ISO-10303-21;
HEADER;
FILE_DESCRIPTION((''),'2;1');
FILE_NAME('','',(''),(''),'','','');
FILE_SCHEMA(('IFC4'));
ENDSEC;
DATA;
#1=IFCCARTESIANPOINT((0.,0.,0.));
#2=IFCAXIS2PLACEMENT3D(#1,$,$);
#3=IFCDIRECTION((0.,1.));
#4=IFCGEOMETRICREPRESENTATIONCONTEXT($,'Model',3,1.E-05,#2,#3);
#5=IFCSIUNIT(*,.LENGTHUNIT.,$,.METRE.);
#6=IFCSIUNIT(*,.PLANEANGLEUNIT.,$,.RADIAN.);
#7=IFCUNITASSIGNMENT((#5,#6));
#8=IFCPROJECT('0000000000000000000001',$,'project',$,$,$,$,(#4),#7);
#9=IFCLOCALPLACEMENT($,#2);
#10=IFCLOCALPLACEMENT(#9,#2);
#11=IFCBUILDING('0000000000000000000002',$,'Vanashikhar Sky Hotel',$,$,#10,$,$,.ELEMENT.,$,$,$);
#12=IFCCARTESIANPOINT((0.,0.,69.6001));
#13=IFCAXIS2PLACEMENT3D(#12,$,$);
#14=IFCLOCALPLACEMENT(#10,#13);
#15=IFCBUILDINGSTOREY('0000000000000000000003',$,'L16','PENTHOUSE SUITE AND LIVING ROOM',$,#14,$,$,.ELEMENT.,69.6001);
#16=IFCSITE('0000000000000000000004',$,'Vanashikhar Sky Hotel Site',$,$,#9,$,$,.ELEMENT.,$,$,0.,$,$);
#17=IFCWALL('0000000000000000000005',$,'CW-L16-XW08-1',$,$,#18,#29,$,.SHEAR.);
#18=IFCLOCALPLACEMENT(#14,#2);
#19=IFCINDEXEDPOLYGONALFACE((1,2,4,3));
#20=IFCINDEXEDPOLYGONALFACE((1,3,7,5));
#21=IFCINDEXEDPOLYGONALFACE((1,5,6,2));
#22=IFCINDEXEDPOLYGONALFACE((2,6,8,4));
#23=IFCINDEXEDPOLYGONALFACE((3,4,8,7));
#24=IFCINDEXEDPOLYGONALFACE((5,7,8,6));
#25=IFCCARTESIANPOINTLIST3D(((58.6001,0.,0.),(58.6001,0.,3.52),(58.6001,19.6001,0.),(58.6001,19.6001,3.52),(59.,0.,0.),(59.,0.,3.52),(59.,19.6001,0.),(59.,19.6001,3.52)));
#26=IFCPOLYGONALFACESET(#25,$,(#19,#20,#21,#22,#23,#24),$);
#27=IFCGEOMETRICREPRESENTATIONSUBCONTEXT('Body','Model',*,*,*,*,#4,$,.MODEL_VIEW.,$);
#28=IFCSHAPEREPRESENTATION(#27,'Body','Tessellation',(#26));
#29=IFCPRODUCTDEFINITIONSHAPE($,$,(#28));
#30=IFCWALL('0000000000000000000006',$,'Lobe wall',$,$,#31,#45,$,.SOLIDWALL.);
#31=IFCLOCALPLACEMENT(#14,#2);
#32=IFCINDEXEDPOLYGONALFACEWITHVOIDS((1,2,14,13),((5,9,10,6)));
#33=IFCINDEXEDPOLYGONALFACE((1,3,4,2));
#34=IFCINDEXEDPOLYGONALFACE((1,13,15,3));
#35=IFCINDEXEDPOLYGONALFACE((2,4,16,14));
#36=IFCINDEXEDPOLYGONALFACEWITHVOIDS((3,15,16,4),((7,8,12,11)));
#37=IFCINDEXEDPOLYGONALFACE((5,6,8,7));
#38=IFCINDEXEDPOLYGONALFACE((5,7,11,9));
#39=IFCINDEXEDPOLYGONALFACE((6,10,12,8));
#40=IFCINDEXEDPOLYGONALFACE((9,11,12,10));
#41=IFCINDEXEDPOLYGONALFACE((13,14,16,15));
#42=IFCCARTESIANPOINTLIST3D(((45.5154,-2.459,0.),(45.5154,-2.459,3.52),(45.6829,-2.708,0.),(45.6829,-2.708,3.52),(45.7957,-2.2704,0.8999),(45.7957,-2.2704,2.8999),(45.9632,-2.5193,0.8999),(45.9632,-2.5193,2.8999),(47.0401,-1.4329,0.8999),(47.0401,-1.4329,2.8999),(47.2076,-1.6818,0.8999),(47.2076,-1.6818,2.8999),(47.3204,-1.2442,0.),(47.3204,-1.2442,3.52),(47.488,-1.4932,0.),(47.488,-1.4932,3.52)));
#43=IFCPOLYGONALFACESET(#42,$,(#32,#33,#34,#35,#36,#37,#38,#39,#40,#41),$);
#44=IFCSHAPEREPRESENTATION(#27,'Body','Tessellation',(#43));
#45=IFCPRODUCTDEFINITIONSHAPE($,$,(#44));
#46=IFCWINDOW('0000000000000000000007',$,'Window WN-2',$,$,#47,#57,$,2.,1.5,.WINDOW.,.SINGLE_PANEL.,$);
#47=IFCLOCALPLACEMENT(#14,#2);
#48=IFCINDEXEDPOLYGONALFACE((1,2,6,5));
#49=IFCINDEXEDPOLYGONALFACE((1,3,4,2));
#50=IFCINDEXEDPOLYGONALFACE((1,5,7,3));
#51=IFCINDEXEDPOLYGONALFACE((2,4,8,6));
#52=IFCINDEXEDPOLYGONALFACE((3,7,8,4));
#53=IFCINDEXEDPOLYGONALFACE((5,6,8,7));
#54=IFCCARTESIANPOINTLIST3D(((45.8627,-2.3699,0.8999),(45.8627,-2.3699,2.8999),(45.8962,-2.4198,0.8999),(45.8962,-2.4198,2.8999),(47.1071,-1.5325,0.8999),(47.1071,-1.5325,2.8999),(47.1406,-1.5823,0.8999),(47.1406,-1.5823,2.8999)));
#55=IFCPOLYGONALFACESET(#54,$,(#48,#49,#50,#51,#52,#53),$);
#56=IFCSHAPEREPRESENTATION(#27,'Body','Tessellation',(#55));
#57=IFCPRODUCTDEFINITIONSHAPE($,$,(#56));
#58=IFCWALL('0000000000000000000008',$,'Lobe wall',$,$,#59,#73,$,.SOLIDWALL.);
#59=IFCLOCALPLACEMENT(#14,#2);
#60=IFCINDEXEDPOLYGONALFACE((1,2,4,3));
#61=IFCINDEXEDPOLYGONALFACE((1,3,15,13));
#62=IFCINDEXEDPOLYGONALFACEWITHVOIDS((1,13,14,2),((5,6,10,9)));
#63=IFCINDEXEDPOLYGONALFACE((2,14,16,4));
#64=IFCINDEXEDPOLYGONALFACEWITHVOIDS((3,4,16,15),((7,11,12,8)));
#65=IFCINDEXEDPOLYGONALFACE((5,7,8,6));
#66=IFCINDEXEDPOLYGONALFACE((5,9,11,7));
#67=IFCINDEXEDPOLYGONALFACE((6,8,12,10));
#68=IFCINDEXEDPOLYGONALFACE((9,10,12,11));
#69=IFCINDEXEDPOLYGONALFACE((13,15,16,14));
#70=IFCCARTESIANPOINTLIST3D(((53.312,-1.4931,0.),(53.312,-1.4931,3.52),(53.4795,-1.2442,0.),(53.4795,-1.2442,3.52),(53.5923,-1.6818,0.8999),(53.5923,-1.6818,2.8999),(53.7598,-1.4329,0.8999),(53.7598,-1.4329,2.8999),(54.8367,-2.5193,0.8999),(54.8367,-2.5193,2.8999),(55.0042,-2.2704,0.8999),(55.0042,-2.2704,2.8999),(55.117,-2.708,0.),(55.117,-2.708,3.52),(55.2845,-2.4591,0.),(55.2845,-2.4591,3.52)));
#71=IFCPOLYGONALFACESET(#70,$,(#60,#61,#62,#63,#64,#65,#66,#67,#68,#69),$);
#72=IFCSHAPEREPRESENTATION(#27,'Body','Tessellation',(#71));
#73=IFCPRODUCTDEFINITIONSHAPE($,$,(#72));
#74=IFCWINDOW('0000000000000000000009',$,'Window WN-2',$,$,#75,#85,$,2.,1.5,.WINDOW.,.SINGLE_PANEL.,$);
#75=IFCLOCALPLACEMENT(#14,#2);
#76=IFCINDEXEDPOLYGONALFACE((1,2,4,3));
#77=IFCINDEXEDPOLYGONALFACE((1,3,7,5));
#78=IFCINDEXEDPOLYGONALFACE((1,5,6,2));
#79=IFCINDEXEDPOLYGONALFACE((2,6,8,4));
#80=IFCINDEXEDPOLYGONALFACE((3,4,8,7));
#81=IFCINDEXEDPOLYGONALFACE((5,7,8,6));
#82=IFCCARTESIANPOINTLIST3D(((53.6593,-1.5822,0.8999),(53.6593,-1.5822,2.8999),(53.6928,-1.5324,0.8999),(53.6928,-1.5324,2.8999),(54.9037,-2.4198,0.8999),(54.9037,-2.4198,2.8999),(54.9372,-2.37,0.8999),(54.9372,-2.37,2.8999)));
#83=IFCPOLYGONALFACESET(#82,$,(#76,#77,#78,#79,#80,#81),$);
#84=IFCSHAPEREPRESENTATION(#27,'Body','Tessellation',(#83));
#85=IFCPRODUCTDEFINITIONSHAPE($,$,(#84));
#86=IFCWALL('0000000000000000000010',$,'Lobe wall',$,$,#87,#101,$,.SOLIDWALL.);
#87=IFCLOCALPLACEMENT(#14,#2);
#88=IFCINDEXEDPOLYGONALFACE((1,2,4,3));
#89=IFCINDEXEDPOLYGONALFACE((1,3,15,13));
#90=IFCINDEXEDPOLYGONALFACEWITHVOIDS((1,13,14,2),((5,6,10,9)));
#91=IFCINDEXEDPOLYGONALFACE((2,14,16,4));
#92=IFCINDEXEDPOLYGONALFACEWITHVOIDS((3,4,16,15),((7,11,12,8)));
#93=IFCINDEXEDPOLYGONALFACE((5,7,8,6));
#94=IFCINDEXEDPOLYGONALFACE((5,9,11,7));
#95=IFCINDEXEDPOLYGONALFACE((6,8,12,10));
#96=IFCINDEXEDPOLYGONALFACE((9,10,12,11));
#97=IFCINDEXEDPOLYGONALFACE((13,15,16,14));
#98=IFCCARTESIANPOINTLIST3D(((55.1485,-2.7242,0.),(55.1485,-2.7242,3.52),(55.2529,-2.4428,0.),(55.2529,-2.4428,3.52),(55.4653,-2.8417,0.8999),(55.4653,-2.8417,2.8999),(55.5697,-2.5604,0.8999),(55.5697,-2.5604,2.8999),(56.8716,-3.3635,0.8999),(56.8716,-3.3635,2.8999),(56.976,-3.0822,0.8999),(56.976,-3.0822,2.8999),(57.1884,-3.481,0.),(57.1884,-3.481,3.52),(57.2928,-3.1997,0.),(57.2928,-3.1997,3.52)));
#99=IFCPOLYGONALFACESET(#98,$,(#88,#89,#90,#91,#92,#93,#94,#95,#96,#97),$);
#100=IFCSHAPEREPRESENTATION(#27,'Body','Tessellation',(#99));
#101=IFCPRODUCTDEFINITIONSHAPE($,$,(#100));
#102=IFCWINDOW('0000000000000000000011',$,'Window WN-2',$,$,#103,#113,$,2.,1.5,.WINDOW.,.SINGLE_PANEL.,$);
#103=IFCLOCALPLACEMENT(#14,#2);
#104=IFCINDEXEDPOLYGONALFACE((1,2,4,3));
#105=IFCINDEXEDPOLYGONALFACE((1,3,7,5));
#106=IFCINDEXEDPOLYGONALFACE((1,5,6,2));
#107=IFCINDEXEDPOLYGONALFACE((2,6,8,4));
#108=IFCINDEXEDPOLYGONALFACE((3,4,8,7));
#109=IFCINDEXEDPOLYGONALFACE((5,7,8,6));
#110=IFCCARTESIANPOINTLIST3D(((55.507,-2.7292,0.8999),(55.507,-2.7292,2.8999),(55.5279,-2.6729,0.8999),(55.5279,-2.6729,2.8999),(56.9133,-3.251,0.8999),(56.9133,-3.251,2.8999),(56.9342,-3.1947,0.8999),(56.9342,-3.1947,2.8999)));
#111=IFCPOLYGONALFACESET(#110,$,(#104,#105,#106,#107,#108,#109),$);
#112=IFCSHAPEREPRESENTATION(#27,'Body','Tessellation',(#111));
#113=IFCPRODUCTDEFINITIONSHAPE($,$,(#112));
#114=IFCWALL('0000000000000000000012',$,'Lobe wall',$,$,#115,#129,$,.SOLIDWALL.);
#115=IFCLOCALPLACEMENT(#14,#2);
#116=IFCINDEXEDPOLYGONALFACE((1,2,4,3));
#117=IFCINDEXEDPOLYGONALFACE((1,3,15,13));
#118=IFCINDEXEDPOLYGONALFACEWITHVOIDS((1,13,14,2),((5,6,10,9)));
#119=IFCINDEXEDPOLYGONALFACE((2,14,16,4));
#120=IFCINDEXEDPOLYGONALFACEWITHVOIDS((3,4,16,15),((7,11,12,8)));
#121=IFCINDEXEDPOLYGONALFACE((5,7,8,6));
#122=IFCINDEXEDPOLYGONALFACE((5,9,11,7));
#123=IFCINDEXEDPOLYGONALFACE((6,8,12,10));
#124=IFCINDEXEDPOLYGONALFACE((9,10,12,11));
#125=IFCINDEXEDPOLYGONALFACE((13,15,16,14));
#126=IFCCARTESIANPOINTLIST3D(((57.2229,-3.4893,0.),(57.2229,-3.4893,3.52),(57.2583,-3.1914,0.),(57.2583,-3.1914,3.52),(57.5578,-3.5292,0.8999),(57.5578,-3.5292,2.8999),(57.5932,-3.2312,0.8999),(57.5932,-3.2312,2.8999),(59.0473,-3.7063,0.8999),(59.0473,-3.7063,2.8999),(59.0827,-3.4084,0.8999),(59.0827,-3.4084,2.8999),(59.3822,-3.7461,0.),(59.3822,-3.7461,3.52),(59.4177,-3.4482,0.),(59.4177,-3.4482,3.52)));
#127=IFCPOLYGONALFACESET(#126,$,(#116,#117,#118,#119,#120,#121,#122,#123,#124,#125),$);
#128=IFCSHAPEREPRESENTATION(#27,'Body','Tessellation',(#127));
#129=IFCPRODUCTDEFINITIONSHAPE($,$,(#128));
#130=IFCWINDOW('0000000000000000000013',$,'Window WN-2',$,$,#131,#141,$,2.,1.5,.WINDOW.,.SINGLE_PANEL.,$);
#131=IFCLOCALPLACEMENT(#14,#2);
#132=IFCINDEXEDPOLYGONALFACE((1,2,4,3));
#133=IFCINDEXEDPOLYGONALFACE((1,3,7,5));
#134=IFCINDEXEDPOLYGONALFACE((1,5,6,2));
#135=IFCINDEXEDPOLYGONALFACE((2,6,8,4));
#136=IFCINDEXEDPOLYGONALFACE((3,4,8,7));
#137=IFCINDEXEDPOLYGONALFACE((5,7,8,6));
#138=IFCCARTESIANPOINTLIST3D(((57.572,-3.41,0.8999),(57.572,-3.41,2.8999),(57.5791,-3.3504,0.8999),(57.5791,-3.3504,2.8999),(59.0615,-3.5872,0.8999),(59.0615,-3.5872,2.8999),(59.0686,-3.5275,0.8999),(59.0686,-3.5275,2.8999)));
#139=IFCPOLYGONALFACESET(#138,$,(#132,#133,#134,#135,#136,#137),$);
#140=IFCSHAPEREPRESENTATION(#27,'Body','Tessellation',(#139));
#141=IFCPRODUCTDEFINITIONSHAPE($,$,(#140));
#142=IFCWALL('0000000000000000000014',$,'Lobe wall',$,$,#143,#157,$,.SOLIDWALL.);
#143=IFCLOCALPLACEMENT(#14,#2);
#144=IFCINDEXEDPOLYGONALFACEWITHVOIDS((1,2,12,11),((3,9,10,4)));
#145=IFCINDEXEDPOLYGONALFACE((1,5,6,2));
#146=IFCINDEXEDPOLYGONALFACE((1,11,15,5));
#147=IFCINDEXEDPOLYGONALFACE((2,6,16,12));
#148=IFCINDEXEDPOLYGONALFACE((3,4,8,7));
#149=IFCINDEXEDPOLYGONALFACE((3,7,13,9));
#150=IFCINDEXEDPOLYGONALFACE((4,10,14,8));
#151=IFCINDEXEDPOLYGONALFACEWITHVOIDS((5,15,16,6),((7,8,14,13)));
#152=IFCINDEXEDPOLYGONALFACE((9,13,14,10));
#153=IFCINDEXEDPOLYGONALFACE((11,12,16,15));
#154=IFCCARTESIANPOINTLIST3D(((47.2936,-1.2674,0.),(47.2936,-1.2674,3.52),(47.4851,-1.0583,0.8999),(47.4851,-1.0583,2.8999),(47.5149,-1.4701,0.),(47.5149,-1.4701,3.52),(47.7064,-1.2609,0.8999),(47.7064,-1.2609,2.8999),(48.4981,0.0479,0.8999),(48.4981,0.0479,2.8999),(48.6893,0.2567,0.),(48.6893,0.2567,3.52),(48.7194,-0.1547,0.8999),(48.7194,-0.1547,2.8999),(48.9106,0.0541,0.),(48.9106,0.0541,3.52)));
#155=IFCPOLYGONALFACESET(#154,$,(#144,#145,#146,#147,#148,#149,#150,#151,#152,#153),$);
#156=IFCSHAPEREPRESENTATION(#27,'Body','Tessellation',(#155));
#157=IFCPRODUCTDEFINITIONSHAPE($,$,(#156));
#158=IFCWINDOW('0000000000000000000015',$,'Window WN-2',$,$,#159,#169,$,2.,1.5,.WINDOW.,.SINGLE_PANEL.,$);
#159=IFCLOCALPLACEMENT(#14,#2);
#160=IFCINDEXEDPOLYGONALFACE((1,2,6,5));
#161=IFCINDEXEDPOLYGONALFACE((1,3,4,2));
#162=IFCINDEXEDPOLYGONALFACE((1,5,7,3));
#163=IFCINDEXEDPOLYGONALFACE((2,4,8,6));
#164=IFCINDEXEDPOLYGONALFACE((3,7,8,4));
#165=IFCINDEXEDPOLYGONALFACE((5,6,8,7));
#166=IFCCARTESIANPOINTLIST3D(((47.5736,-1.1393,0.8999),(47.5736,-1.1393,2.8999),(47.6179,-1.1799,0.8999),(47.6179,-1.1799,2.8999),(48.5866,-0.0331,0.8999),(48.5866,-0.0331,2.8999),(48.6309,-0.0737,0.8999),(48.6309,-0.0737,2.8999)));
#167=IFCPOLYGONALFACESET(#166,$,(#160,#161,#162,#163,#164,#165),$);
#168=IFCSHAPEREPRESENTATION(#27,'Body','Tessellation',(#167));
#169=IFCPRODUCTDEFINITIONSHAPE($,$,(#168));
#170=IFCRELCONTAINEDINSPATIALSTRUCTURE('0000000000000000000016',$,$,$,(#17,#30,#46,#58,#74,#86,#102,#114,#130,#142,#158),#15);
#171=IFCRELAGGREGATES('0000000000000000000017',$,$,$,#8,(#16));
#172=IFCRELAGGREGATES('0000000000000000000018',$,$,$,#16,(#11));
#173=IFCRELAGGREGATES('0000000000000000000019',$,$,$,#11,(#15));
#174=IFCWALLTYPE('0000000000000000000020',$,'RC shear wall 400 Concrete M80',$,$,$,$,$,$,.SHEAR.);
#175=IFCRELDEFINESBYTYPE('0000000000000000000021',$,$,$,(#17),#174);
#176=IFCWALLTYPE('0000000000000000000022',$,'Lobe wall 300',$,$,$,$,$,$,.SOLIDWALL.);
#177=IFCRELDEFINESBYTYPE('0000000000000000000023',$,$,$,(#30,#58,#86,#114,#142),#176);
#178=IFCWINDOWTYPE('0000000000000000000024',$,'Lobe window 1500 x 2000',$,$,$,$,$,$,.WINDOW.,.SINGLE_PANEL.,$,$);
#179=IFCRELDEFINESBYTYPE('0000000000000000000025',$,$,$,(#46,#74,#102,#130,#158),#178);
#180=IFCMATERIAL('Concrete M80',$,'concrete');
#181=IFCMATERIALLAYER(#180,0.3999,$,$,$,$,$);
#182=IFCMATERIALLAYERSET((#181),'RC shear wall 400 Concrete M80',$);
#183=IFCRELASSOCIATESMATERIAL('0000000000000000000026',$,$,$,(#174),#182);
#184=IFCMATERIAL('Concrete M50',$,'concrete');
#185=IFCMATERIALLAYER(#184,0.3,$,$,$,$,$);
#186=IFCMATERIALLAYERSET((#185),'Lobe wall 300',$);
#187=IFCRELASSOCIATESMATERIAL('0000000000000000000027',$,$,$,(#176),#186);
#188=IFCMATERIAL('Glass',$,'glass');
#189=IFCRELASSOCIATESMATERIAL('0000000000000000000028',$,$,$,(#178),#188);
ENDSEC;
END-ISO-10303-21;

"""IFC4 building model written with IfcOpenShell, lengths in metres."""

from ifc_helpers import new_model, si_unit, direction, frame, frame_2d, origin, place, context, subcontext, project, spatial, rectangle, extrude, source, transform, mapped, material, layer, layer_set, type_object, element, fill, save


model = new_model("IFC4")

# Units and contexts
model_context = context("Model", 3, precision=1e-05, world=origin(), true_north=direction((0.0, 1.0)))
body_context = subcontext(model_context, "Body", "Model", "MODEL_VIEW")
ifc_project = project(units=[si_unit("LENGTHUNIT", "METRE"), si_unit("PLANEANGLEUNIT", "RADIAN")], contexts=[model_context])

# Site, building, storey
site_placement = place(None, origin())
site = spatial("IfcSite", under=ifc_project, at=site_placement, Name="Vanashikhar Sky Hotel Site", CompositionType="ELEMENT", RefElevation=0.0)
building_placement = place(site_placement, origin())
building = spatial("IfcBuilding", under=site, at=building_placement, Name="Vanashikhar Sky Hotel", CompositionType="ELEMENT")
storey_placement = place(building_placement, frame((0.0, 0.0, 69.6001)))
storey = spatial("IfcBuildingStorey", under=building, at=storey_placement, Name="L16", Description="PENTHOUSE SUITE AND LIVING ROOM", CompositionType="ELEMENT", Elevation=69.6001)

# Wall
ifc_material_1 = material(Name="Concrete M80", Category="concrete")
ifc_layer_1 = layer(ifc_material_1, 0.3999)
ifc_layer_set_1 = layer_set([ifc_layer_1], Name="RC shear wall 400 Concrete M80")
wall_type_1 = type_object("IfcWallType", Name="RC shear wall 400 Concrete M80", PredefinedType="SHEAR", material=ifc_layer_set_1)
shared_shape_1 = source(origin(), body_context, "Body", "SweptSolid", [
    extrude(rectangle(XDim=19.6001, YDim=0.3999, at=frame_2d((9.8, 0.0))), origin(), (0.0, 0.0, 1.0), 3.52),
])
wall_1_placement = place(storey_placement, frame((58.8, 0.0, 0.0), z_axis=(0.0, 0.0, 1.0), x_axis=(0.0, 1.0, 0.0)))
element("IfcWall", 1, at=wall_1_placement, inside=storey, type_object=wall_type_1, Name="CW-L16-XW08-1", PredefinedType="SHEAR", context=body_context, shape_type="MappedRepresentation", body=[
    mapped(shared_shape_1, transform((0.0, 0.0, 0.0), scale=1.0)),
])

# Walls, openings, windows
ifc_material_2 = material(Name="Concrete M50", Category="concrete")
ifc_layer_2 = layer(ifc_material_2, 0.3)
ifc_layer_set_2 = layer_set([ifc_layer_2], Name="Lobe wall 300")
wall_type_2 = type_object("IfcWallType", Name="Lobe wall 300", PredefinedType="SOLIDWALL", material=ifc_layer_set_2)
shared_shape_2 = source(origin(), body_context, "Body", "SweptSolid", [
    extrude(rectangle(XDim=2.1758, YDim=0.3, at=frame_2d((1.0879, 0.0))), origin(), (0.0, 0.0, 1.0), 3.52),
])
wall_2_placement = place(storey_placement, frame((45.5991, -2.5835, 0.0), z_axis=(0.0, 0.0, 1.0), x_axis=(0.829626, 0.55832, 0.0)))
wall_2 = element("IfcWall", 2, at=wall_2_placement, inside=storey, type_object=wall_type_2, Name="Lobe wall", PredefinedType="SOLIDWALL", context=body_context, shape_type="MappedRepresentation", body=[
    mapped(shared_shape_2, transform((0.0, 0.0, 0.0), scale=1.0)),
])
shared_shape_3 = source(origin(), body_context, "Body", "SweptSolid", [
    extrude(rectangle(XDim=1.5, YDim=2.0, at=frame_2d((0.75, 1.0))), frame((0.0, 0.1602, 0.0), z_axis=(0.0, -1.0, 0.0), x_axis=(1.0, 0.0, 0.0)), (0.0, 0.0, 1.0), 0.3201),
])
opening_1_placement = place(wall_2_placement, frame((0.3379, 0.0, 0.8999)))
opening_1 = element("IfcOpeningElement", 3, at=opening_1_placement, cuts=wall_2, PredefinedType="OPENING", context=body_context, shape_type="MappedRepresentation", body=[
    mapped(shared_shape_3, transform((0.0, 0.0, 0.0), scale=1.0)),
])
ifc_material_3 = material(Name="Glass", Category="glass")
window_type = type_object("IfcWindowType", Name="Lobe window 1500 x 2000", PartitioningType="SINGLE_PANEL", PredefinedType="WINDOW", material=ifc_material_3)
shared_shape_4 = source(origin(), body_context, "Body", "SweptSolid", [
    extrude(rectangle(XDim=1.5, YDim=2.0, at=frame_2d((0.75, 1.0))), frame((0.0, 0.03, 0.0), z_axis=(0.0, -1.0, 0.0), x_axis=(1.0, 0.0, 0.0)), (0.0, 0.0, 1.0), 0.0601),
])
window_1_placement = place(opening_1_placement, origin())
window_1 = element("IfcWindow", 4, at=window_1_placement, inside=storey, type_object=window_type, Name="Window WN-2", OverallHeight=2.0, OverallWidth=1.5, PartitioningType="SINGLE_PANEL", PredefinedType="WINDOW", context=body_context, shape_type="MappedRepresentation", body=[
    mapped(shared_shape_4, transform((0.0, 0.0, 0.0), scale=1.0)),
])
fill(opening_1, window_1)
wall_3_placement = place(storey_placement, frame((53.3958, -1.3687, 0.0), z_axis=(0.0, 0.0, 1.0), x_axis=(0.829591, -0.558372, 0.0)))
wall_3 = element("IfcWall", 5, at=wall_3_placement, inside=storey, type_object=wall_type_2, Name="Lobe wall", PredefinedType="SOLIDWALL", context=body_context, shape_type="MappedRepresentation", body=[
    mapped(shared_shape_2, transform((0.0, 0.0, 0.0), scale=1.0)),
])
opening_2_placement = place(wall_3_placement, frame((0.3379, 0.0, 0.8999)))
opening_2 = element("IfcOpeningElement", 6, at=opening_2_placement, cuts=wall_3, PredefinedType="OPENING", context=body_context, shape_type="MappedRepresentation", body=[
    mapped(shared_shape_3, transform((0.0, 0.0, 0.0), scale=1.0)),
])
window_2_placement = place(opening_2_placement, origin())
window_2 = element("IfcWindow", 7, at=window_2_placement, inside=storey, type_object=window_type, Name="Window WN-2", OverallHeight=2.0, OverallWidth=1.5, PartitioningType="SINGLE_PANEL", PredefinedType="WINDOW", context=body_context, shape_type="MappedRepresentation", body=[
    mapped(shared_shape_4, transform((0.0, 0.0, 0.0), scale=1.0)),
])
fill(opening_2, window_2)
wall_4_placement = place(storey_placement, frame((55.2007, -2.5835, 0.0), z_axis=(0.0, 0.0, 1.0), x_axis=(0.937546, -0.347863, 0.0)))
wall_4 = element("IfcWall", 8, at=wall_4_placement, inside=storey, type_object=wall_type_2, Name="Lobe wall", PredefinedType="SOLIDWALL", context=body_context, shape_type="MappedRepresentation", body=[
    mapped(shared_shape_2, transform((0.0, 0.0, 0.0), scale=1.0)),
])
opening_3_placement = place(wall_4_placement, frame((0.3379, 0.0, 0.8999)))
opening_3 = element("IfcOpeningElement", 9, at=opening_3_placement, cuts=wall_4, PredefinedType="OPENING", context=body_context, shape_type="MappedRepresentation", body=[
    mapped(shared_shape_3, transform((0.0, 0.0, 0.0), scale=1.0)),
])
window_3_placement = place(opening_3_placement, origin())
window_3 = element("IfcWindow", 10, at=window_3_placement, inside=storey, type_object=window_type, Name="Window WN-2", OverallHeight=2.0, OverallWidth=1.5, PartitioningType="SINGLE_PANEL", PredefinedType="WINDOW", context=body_context, shape_type="MappedRepresentation", body=[
    mapped(shared_shape_4, transform((0.0, 0.0, 0.0), scale=1.0)),
])
fill(opening_3, window_3)
shared_shape_5 = source(origin(), body_context, "Body", "SweptSolid", [
    extrude(rectangle(XDim=2.1746, YDim=0.3, at=frame_2d((1.0874, 0.0))), origin(), (0.0, 0.0, 1.0), 3.52),
])
wall_5_placement = place(storey_placement, frame((57.2405, -3.3403, 0.0), z_axis=(0.0, 0.0, 1.0), x_axis=(0.993001, -0.118105, 0.0)))
wall_5 = element("IfcWall", 11, at=wall_5_placement, inside=storey, type_object=wall_type_2, Name="Lobe wall", PredefinedType="SOLIDWALL", context=body_context, shape_type="MappedRepresentation", body=[
    mapped(shared_shape_5, transform((0.0, 0.0, 0.0), scale=1.0)),
])
opening_4_placement = place(wall_5_placement, frame((0.3374, 0.0, 0.8999)))
opening_4 = element("IfcOpeningElement", 12, at=opening_4_placement, cuts=wall_5, PredefinedType="OPENING", context=body_context, shape_type="MappedRepresentation", body=[
    mapped(shared_shape_3, transform((0.0, 0.0, 0.0), scale=1.0)),
])
window_4_placement = place(opening_4_placement, origin())
window_4 = element("IfcWindow", 13, at=window_4_placement, inside=storey, type_object=window_type, Name="Window WN-2", OverallHeight=2.0, OverallWidth=1.5, PartitioningType="SINGLE_PANEL", PredefinedType="WINDOW", context=body_context, shape_type="MappedRepresentation", body=[
    mapped(shared_shape_4, transform((0.0, 0.0, 0.0), scale=1.0)),
])
fill(opening_4, window_4)
shared_shape_6 = source(origin(), body_context, "Body", "SweptSolid", [
    extrude(rectangle(XDim=2.0667, YDim=0.3, at=frame_2d((1.0332, 0.0))), origin(), (0.0, 0.0, 1.0), 3.52),
])
wall_6_placement = place(storey_placement, frame((47.4043, -1.3687, 0.0), z_axis=(0.0, 0.0, 1.0), x_axis=(0.675355, 0.737492, 0.0)))
wall_6 = element("IfcWall", 14, at=wall_6_placement, inside=storey, type_object=wall_type_2, Name="Lobe wall", PredefinedType="SOLIDWALL", context=body_context, shape_type="MappedRepresentation", body=[
    mapped(shared_shape_6, transform((0.0, 0.0, 0.0), scale=1.0)),
])
opening_5_placement = place(wall_6_placement, frame((0.2834, 0.0, 0.8999)))
opening_5 = element("IfcOpeningElement", 15, at=opening_5_placement, cuts=wall_6, PredefinedType="OPENING", context=body_context, shape_type="MappedRepresentation", body=[
    mapped(shared_shape_3, transform((0.0, 0.0, 0.0), scale=1.0)),
])
window_5_placement = place(opening_5_placement, origin())
window_5 = element("IfcWindow", 16, at=window_5_placement, inside=storey, type_object=window_type, Name="Window WN-2", OverallHeight=2.0, OverallWidth=1.5, PartitioningType="SINGLE_PANEL", PredefinedType="WINDOW", context=body_context, shape_type="MappedRepresentation", body=[
    mapped(shared_shape_4, transform((0.0, 0.0, 0.0), scale=1.0)),
])
fill(opening_5, window_5)

save(model, "model.ifc")
